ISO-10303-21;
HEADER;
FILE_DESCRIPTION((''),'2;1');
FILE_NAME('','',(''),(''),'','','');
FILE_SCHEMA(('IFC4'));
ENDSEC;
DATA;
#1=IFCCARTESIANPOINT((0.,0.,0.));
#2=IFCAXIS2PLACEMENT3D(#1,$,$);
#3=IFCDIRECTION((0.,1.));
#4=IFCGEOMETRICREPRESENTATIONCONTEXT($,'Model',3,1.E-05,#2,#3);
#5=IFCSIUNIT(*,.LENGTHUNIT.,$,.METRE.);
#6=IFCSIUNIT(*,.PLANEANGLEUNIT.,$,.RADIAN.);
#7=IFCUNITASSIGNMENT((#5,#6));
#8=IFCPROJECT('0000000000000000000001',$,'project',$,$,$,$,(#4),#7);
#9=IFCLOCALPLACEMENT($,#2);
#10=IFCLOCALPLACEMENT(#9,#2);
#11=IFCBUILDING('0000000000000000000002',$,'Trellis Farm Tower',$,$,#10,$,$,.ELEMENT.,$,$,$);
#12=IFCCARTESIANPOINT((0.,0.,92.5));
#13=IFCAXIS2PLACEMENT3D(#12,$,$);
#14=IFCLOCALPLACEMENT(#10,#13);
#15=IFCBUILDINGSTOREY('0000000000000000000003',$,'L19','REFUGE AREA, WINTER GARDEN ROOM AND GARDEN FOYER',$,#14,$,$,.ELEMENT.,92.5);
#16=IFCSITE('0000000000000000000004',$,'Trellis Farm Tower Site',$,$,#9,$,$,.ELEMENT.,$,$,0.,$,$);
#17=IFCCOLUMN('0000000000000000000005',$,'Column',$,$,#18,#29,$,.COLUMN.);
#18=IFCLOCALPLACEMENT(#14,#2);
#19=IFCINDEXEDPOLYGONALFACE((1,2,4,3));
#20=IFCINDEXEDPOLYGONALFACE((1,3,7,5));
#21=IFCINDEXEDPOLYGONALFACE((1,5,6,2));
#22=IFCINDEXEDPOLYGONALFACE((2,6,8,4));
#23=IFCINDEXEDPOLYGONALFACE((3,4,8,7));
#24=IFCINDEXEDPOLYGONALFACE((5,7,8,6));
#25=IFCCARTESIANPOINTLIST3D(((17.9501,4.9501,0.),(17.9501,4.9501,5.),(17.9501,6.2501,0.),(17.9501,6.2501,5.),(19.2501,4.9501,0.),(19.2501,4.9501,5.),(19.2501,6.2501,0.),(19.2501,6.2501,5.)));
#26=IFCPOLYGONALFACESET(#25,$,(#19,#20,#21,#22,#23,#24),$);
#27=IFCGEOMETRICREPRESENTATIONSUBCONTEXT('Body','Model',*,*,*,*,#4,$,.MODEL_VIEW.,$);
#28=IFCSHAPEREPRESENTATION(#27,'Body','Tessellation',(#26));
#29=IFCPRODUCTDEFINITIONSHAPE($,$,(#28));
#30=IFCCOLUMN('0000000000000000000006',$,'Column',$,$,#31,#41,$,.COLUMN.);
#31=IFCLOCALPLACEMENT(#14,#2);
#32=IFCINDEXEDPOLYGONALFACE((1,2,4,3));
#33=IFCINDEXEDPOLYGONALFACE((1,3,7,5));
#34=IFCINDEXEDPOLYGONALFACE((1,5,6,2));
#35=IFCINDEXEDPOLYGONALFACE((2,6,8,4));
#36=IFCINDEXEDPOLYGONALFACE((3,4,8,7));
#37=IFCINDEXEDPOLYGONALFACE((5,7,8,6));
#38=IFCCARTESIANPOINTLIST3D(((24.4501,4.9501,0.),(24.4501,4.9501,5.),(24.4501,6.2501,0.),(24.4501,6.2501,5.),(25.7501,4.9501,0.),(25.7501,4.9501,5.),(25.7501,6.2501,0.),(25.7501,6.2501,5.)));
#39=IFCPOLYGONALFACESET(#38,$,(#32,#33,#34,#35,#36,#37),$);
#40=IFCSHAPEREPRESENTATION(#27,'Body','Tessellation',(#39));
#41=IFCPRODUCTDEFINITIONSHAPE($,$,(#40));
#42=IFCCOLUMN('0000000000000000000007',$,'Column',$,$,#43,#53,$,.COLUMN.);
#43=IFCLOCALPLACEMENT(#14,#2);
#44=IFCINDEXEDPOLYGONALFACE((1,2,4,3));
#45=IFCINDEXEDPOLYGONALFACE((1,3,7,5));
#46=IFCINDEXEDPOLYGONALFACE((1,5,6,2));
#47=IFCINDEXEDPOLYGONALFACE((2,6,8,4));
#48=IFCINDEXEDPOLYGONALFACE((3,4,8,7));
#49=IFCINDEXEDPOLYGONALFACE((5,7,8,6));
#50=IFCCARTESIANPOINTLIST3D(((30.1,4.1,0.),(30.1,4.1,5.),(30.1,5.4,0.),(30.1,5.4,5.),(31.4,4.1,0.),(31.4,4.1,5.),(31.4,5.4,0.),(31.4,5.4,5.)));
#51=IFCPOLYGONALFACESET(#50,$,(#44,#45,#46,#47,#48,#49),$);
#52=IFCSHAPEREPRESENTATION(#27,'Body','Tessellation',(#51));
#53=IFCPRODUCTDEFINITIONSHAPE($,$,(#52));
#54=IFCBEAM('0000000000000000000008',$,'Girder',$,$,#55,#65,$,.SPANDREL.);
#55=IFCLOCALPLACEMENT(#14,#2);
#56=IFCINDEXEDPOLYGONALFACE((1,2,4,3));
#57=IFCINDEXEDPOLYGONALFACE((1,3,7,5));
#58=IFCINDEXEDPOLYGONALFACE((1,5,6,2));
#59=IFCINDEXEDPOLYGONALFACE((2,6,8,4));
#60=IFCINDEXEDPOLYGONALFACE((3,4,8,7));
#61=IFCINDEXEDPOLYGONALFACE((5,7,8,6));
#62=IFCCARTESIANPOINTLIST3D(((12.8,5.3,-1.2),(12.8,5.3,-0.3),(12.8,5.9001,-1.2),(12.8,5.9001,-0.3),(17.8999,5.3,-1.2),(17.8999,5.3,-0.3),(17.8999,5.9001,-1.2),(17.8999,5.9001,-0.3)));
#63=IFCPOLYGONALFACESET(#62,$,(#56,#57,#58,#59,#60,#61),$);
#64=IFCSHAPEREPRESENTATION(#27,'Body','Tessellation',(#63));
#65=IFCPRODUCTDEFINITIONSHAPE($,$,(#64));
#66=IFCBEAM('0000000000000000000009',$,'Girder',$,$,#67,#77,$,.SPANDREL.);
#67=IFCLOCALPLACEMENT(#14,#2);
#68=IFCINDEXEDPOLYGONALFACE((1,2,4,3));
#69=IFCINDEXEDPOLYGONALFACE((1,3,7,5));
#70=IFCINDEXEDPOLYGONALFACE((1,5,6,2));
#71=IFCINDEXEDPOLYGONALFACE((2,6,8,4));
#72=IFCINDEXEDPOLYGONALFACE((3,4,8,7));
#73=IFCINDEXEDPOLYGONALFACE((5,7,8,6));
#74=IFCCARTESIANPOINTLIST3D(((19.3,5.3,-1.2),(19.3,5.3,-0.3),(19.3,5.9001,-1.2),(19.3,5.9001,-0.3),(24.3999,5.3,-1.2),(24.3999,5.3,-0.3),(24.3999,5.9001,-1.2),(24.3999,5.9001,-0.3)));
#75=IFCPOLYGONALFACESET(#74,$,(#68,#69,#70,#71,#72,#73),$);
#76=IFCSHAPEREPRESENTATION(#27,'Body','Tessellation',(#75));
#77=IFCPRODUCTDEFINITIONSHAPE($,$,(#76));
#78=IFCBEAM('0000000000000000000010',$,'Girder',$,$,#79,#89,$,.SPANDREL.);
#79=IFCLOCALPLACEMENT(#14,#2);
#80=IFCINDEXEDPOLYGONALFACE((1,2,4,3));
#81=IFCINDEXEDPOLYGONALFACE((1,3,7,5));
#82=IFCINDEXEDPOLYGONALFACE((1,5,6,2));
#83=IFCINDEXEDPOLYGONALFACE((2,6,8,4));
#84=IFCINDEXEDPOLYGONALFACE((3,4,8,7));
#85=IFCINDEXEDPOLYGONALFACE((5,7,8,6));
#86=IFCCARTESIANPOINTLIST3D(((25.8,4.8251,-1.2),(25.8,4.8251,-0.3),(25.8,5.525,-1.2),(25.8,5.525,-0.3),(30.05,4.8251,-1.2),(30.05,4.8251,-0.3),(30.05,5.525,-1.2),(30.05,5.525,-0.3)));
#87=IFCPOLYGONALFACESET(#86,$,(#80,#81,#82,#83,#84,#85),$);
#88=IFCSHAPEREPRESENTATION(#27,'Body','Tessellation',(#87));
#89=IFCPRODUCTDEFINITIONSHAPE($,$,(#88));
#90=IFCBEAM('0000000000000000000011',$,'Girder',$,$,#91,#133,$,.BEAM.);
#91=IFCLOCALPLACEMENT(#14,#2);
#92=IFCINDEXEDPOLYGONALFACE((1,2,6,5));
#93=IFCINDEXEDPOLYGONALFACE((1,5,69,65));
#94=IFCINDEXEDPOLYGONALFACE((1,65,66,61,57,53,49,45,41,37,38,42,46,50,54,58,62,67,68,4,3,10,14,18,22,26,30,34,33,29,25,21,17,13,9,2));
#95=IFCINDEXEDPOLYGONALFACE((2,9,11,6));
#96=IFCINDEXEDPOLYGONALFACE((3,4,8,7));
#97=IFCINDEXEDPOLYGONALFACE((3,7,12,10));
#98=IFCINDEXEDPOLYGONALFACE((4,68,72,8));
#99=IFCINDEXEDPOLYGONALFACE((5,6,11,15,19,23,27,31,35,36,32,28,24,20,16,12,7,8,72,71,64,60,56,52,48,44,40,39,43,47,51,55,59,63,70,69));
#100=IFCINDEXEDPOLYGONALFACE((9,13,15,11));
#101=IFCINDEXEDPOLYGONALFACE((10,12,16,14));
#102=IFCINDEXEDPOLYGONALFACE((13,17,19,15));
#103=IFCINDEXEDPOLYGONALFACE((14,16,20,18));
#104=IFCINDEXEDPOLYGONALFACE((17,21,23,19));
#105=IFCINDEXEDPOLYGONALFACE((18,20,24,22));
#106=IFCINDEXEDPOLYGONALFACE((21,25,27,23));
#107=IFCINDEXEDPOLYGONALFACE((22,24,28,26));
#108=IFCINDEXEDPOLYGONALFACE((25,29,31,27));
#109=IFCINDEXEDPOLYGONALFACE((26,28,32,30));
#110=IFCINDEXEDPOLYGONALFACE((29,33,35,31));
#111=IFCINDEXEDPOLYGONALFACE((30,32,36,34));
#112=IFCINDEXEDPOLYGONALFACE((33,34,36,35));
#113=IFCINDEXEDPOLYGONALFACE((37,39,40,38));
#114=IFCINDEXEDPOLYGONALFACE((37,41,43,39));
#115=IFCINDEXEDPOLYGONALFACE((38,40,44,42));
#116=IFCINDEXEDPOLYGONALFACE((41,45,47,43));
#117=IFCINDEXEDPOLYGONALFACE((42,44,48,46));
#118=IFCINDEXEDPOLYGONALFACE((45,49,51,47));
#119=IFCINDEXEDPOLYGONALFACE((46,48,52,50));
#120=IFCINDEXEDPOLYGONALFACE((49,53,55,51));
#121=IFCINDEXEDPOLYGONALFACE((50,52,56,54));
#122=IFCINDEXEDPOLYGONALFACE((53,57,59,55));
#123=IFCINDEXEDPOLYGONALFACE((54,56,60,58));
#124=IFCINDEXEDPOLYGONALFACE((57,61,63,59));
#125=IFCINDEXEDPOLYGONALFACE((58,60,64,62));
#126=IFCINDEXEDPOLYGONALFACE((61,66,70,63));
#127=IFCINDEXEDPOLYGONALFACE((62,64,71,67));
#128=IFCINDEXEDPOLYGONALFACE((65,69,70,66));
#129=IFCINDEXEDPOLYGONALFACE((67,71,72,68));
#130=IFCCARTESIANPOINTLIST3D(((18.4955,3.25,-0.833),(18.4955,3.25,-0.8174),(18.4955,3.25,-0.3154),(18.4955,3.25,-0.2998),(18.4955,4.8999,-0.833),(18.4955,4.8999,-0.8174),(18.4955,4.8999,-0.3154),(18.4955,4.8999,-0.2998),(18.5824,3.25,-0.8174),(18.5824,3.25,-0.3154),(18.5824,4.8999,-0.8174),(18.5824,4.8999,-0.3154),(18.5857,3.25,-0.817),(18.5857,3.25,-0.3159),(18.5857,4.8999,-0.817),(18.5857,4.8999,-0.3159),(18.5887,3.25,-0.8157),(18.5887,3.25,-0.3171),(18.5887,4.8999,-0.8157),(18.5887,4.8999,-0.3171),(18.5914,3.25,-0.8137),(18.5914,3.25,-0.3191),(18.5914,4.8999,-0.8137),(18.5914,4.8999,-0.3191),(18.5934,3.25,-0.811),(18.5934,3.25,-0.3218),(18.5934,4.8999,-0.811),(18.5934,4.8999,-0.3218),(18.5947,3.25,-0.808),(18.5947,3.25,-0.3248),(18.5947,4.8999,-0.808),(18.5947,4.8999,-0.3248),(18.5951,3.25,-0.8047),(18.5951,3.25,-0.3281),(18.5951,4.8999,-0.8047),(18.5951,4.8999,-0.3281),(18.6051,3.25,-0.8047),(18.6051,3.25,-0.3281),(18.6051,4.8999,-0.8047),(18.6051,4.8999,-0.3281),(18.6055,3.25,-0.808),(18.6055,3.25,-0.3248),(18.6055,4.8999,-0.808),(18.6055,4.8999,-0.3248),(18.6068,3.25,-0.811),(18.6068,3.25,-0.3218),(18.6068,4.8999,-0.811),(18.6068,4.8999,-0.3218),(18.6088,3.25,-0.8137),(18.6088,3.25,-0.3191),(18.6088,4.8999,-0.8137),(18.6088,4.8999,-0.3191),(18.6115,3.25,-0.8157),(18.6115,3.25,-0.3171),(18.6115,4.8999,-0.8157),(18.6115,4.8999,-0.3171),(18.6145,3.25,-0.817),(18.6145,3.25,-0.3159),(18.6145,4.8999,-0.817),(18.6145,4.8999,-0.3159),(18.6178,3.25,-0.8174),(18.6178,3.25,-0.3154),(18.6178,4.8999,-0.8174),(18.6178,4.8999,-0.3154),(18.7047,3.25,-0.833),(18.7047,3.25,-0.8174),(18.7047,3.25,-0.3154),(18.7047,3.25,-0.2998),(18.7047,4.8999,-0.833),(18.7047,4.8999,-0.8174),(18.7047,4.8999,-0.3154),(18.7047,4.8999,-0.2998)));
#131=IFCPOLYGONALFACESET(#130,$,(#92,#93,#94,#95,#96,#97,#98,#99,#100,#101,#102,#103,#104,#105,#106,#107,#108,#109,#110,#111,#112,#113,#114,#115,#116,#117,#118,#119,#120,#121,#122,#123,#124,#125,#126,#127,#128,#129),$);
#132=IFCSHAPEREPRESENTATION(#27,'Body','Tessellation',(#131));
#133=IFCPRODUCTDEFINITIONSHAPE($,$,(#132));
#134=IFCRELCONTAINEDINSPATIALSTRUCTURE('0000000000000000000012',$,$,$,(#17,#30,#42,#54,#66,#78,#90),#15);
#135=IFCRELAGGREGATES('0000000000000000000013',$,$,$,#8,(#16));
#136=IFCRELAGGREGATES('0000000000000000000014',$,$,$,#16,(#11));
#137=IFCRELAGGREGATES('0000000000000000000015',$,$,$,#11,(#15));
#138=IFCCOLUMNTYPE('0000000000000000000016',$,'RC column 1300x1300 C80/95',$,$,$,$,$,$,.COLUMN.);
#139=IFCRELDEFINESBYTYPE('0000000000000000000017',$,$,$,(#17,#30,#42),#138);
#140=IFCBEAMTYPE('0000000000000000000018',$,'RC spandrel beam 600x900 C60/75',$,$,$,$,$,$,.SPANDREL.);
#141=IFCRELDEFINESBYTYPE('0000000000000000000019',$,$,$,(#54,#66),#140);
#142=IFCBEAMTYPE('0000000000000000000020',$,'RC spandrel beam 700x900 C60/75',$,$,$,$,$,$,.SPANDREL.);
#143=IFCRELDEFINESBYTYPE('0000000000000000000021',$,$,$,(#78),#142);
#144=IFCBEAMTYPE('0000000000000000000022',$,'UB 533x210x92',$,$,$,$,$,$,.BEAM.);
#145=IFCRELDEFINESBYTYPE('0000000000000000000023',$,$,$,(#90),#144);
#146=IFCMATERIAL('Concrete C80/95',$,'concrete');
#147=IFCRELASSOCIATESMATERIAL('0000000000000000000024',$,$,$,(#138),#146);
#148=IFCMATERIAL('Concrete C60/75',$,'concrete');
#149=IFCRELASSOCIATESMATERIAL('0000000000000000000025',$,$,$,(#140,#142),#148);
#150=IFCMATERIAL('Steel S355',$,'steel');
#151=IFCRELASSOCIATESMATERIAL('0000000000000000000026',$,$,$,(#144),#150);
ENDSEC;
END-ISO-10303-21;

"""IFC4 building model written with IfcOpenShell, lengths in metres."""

from ifc_helpers import new_model, si_unit, direction, frame, origin, origin_2d, place, context, subcontext, project, spatial, rectangle, i_section, extrude, source, transform, mapped, material, material_profile, profile_set, type_object, element, save


model = new_model("IFC4")

# Units and contexts
model_context = context("Model", 3, precision=1e-05, world=origin(), true_north=direction((0.0, 1.0)))
body_context = subcontext(model_context, "Body", "Model", "MODEL_VIEW")
ifc_project = project(units=[si_unit("LENGTHUNIT", "METRE"), si_unit("PLANEANGLEUNIT", "RADIAN")], contexts=[model_context])

# Site, building, storey
site_placement = place(None, origin())
site = spatial("IfcSite", under=ifc_project, at=site_placement, Name="Trellis Farm Tower Site", CompositionType="ELEMENT", RefElevation=0.0)
building_placement = place(site_placement, origin())
building = spatial("IfcBuilding", under=site, at=building_placement, Name="Trellis Farm Tower", CompositionType="ELEMENT")
storey_placement = place(building_placement, frame((0.0, 0.0, 92.5)))
storey = spatial("IfcBuildingStorey", under=building, at=storey_placement, Name="L19", Description="REFUGE AREA, WINTER GARDEN ROOM AND GARDEN FOYER", CompositionType="ELEMENT", Elevation=92.5)

# Columns
ifc_material_1 = material(Name="Concrete C80/95", Category="concrete")
ifc_material_profile_1 = material_profile(ifc_material_1, rectangle(XDim=1.3, YDim=1.3, at=origin_2d()), Name="RC column 1300x1300 C80/95")
ifc_profile_set_1 = profile_set([ifc_material_profile_1], Name="Concrete C80/95")
column_type = type_object("IfcColumnType", Name="RC column 1300x1300 C80/95", PredefinedType="COLUMN", material=ifc_profile_set_1)
shared_shape_1 = source(origin(), body_context, "Body", "SweptSolid", [
    extrude(rectangle(XDim=1.3, YDim=1.3, at=origin_2d()), origin(), (0.0, 0.0, 1.0), 5.0),
])
for number, where, z_axis, x_axis, name in (
    (1, (18.6001, 5.6001, 0.0), (0.0, 0.0, 1.0), (1.0, 0.0, 0.0), "Column"),
    (2, (25.1001, 5.6001, 0.0), (0.0, 0.0, 1.0), (1.0, 0.0, 0.0), "Column"),
    (3, (30.75, 4.75, 0.0), (0.0, 0.0, 1.0), (1.0, 0.0, 0.0), "Column"),
):
    element("IfcColumn", number, at=place(storey_placement, frame(where, z_axis=z_axis, x_axis=x_axis)), inside=storey, type_object=column_type, Name=name, PredefinedType="COLUMN", context=body_context, shape_type="MappedRepresentation", body=[
        mapped(shared_shape_1, transform((0.0, 0.0, 0.0))),
    ])

# Beams
ifc_material_2 = material(Name="Concrete C60/75", Category="concrete")
ifc_material_profile_2 = material_profile(ifc_material_2, rectangle(XDim=0.6001, YDim=0.8999, at=origin_2d()), Name="RC spandrel beam 600x900 C60/75")
ifc_profile_set_2 = profile_set([ifc_material_profile_2], Name="Concrete C60/75")
beam_type_1 = type_object("IfcBeamType", Name="RC spandrel beam 600x900 C60/75", PredefinedType="SPANDREL", material=ifc_profile_set_2)
shared_shape_2 = source(origin(), body_context, "Body", "SweptSolid", [
    extrude(rectangle(XDim=0.6001, YDim=0.8999, at=origin_2d()), origin(), (0.0, 0.0, 1.0), 5.0999),
])
for number, where, z_axis, x_axis, name in (
    (4, (12.8, 5.6001, -0.75), (1.0, 0.0, 0.0), (0.0, 1.0, 0.0), "Girder"),
    (5, (19.3, 5.6001, -0.75), (1.0, 0.0, 0.0), (0.0, 1.0, 0.0), "Girder"),
):
    element("IfcBeam", number, at=place(storey_placement, frame(where, z_axis=z_axis, x_axis=x_axis)), inside=storey, type_object=beam_type_1, Name=name, PredefinedType="SPANDREL", context=body_context, shape_type="MappedRepresentation", body=[
        mapped(shared_shape_2, transform((0.0, 0.0, 0.0))),
    ])
ifc_material_profile_3 = material_profile(ifc_material_2, rectangle(XDim=0.7, YDim=0.8999, at=origin_2d()), Name="RC spandrel beam 700x900 C60/75")
ifc_profile_set_3 = profile_set([ifc_material_profile_3], Name="Concrete C60/75")
beam_type_2 = type_object("IfcBeamType", Name="RC spandrel beam 700x900 C60/75", PredefinedType="SPANDREL", material=ifc_profile_set_3)
shared_shape_3 = source(origin(), body_context, "Body", "SweptSolid", [
    extrude(rectangle(XDim=0.7, YDim=0.8999, at=origin_2d()), origin(), (0.0, 0.0, 1.0), 4.25),
])
beam_1_placement = place(storey_placement, frame((25.8, 5.175, -0.75), z_axis=(1.0, 0.0, 0.0), x_axis=(0.0, 1.0, 0.0)))
element("IfcBeam", 6, at=beam_1_placement, inside=storey, type_object=beam_type_2, Name="Girder", PredefinedType="SPANDREL", context=body_context, shape_type="MappedRepresentation", body=[
    mapped(shared_shape_3, transform((0.0, 0.0, 0.0))),
])
ifc_material_3 = material(Name="Steel S355", Category="steel")
ifc_material_profile_4 = material_profile(ifc_material_3, i_section(OverallWidth=0.2092, OverallDepth=0.5332, WebThickness=0.01, FlangeThickness=0.0156, FilletRadius=0.0127, at=origin_2d()), Name="UB 533x210x92")
ifc_profile_set_4 = profile_set([ifc_material_profile_4], Name="Steel S355")
beam_type_3 = type_object("IfcBeamType", Name="UB 533x210x92", PredefinedType="BEAM", material=ifc_profile_set_4)
shared_shape_4 = source(origin(), body_context, "Body", "SweptSolid", [
    extrude(i_section(OverallWidth=0.2092, OverallDepth=0.5332, WebThickness=0.01, FlangeThickness=0.0156, FilletRadius=0.0127, at=origin_2d()), origin(), (0.0, 0.0, 1.0), 1.6499),
])
beam_2_placement = place(storey_placement, frame((18.6001, 3.25, -0.5664), z_axis=(0.0, 1.0, 0.0), x_axis=(-1.0, 0.0, 0.0)))
element("IfcBeam", 7, at=beam_2_placement, inside=storey, type_object=beam_type_3, Name="Girder", PredefinedType="BEAM", context=body_context, shape_type="MappedRepresentation", body=[
    mapped(shared_shape_4, transform((0.0, 0.0, 0.0))),
])

save(model, "model.ifc")
